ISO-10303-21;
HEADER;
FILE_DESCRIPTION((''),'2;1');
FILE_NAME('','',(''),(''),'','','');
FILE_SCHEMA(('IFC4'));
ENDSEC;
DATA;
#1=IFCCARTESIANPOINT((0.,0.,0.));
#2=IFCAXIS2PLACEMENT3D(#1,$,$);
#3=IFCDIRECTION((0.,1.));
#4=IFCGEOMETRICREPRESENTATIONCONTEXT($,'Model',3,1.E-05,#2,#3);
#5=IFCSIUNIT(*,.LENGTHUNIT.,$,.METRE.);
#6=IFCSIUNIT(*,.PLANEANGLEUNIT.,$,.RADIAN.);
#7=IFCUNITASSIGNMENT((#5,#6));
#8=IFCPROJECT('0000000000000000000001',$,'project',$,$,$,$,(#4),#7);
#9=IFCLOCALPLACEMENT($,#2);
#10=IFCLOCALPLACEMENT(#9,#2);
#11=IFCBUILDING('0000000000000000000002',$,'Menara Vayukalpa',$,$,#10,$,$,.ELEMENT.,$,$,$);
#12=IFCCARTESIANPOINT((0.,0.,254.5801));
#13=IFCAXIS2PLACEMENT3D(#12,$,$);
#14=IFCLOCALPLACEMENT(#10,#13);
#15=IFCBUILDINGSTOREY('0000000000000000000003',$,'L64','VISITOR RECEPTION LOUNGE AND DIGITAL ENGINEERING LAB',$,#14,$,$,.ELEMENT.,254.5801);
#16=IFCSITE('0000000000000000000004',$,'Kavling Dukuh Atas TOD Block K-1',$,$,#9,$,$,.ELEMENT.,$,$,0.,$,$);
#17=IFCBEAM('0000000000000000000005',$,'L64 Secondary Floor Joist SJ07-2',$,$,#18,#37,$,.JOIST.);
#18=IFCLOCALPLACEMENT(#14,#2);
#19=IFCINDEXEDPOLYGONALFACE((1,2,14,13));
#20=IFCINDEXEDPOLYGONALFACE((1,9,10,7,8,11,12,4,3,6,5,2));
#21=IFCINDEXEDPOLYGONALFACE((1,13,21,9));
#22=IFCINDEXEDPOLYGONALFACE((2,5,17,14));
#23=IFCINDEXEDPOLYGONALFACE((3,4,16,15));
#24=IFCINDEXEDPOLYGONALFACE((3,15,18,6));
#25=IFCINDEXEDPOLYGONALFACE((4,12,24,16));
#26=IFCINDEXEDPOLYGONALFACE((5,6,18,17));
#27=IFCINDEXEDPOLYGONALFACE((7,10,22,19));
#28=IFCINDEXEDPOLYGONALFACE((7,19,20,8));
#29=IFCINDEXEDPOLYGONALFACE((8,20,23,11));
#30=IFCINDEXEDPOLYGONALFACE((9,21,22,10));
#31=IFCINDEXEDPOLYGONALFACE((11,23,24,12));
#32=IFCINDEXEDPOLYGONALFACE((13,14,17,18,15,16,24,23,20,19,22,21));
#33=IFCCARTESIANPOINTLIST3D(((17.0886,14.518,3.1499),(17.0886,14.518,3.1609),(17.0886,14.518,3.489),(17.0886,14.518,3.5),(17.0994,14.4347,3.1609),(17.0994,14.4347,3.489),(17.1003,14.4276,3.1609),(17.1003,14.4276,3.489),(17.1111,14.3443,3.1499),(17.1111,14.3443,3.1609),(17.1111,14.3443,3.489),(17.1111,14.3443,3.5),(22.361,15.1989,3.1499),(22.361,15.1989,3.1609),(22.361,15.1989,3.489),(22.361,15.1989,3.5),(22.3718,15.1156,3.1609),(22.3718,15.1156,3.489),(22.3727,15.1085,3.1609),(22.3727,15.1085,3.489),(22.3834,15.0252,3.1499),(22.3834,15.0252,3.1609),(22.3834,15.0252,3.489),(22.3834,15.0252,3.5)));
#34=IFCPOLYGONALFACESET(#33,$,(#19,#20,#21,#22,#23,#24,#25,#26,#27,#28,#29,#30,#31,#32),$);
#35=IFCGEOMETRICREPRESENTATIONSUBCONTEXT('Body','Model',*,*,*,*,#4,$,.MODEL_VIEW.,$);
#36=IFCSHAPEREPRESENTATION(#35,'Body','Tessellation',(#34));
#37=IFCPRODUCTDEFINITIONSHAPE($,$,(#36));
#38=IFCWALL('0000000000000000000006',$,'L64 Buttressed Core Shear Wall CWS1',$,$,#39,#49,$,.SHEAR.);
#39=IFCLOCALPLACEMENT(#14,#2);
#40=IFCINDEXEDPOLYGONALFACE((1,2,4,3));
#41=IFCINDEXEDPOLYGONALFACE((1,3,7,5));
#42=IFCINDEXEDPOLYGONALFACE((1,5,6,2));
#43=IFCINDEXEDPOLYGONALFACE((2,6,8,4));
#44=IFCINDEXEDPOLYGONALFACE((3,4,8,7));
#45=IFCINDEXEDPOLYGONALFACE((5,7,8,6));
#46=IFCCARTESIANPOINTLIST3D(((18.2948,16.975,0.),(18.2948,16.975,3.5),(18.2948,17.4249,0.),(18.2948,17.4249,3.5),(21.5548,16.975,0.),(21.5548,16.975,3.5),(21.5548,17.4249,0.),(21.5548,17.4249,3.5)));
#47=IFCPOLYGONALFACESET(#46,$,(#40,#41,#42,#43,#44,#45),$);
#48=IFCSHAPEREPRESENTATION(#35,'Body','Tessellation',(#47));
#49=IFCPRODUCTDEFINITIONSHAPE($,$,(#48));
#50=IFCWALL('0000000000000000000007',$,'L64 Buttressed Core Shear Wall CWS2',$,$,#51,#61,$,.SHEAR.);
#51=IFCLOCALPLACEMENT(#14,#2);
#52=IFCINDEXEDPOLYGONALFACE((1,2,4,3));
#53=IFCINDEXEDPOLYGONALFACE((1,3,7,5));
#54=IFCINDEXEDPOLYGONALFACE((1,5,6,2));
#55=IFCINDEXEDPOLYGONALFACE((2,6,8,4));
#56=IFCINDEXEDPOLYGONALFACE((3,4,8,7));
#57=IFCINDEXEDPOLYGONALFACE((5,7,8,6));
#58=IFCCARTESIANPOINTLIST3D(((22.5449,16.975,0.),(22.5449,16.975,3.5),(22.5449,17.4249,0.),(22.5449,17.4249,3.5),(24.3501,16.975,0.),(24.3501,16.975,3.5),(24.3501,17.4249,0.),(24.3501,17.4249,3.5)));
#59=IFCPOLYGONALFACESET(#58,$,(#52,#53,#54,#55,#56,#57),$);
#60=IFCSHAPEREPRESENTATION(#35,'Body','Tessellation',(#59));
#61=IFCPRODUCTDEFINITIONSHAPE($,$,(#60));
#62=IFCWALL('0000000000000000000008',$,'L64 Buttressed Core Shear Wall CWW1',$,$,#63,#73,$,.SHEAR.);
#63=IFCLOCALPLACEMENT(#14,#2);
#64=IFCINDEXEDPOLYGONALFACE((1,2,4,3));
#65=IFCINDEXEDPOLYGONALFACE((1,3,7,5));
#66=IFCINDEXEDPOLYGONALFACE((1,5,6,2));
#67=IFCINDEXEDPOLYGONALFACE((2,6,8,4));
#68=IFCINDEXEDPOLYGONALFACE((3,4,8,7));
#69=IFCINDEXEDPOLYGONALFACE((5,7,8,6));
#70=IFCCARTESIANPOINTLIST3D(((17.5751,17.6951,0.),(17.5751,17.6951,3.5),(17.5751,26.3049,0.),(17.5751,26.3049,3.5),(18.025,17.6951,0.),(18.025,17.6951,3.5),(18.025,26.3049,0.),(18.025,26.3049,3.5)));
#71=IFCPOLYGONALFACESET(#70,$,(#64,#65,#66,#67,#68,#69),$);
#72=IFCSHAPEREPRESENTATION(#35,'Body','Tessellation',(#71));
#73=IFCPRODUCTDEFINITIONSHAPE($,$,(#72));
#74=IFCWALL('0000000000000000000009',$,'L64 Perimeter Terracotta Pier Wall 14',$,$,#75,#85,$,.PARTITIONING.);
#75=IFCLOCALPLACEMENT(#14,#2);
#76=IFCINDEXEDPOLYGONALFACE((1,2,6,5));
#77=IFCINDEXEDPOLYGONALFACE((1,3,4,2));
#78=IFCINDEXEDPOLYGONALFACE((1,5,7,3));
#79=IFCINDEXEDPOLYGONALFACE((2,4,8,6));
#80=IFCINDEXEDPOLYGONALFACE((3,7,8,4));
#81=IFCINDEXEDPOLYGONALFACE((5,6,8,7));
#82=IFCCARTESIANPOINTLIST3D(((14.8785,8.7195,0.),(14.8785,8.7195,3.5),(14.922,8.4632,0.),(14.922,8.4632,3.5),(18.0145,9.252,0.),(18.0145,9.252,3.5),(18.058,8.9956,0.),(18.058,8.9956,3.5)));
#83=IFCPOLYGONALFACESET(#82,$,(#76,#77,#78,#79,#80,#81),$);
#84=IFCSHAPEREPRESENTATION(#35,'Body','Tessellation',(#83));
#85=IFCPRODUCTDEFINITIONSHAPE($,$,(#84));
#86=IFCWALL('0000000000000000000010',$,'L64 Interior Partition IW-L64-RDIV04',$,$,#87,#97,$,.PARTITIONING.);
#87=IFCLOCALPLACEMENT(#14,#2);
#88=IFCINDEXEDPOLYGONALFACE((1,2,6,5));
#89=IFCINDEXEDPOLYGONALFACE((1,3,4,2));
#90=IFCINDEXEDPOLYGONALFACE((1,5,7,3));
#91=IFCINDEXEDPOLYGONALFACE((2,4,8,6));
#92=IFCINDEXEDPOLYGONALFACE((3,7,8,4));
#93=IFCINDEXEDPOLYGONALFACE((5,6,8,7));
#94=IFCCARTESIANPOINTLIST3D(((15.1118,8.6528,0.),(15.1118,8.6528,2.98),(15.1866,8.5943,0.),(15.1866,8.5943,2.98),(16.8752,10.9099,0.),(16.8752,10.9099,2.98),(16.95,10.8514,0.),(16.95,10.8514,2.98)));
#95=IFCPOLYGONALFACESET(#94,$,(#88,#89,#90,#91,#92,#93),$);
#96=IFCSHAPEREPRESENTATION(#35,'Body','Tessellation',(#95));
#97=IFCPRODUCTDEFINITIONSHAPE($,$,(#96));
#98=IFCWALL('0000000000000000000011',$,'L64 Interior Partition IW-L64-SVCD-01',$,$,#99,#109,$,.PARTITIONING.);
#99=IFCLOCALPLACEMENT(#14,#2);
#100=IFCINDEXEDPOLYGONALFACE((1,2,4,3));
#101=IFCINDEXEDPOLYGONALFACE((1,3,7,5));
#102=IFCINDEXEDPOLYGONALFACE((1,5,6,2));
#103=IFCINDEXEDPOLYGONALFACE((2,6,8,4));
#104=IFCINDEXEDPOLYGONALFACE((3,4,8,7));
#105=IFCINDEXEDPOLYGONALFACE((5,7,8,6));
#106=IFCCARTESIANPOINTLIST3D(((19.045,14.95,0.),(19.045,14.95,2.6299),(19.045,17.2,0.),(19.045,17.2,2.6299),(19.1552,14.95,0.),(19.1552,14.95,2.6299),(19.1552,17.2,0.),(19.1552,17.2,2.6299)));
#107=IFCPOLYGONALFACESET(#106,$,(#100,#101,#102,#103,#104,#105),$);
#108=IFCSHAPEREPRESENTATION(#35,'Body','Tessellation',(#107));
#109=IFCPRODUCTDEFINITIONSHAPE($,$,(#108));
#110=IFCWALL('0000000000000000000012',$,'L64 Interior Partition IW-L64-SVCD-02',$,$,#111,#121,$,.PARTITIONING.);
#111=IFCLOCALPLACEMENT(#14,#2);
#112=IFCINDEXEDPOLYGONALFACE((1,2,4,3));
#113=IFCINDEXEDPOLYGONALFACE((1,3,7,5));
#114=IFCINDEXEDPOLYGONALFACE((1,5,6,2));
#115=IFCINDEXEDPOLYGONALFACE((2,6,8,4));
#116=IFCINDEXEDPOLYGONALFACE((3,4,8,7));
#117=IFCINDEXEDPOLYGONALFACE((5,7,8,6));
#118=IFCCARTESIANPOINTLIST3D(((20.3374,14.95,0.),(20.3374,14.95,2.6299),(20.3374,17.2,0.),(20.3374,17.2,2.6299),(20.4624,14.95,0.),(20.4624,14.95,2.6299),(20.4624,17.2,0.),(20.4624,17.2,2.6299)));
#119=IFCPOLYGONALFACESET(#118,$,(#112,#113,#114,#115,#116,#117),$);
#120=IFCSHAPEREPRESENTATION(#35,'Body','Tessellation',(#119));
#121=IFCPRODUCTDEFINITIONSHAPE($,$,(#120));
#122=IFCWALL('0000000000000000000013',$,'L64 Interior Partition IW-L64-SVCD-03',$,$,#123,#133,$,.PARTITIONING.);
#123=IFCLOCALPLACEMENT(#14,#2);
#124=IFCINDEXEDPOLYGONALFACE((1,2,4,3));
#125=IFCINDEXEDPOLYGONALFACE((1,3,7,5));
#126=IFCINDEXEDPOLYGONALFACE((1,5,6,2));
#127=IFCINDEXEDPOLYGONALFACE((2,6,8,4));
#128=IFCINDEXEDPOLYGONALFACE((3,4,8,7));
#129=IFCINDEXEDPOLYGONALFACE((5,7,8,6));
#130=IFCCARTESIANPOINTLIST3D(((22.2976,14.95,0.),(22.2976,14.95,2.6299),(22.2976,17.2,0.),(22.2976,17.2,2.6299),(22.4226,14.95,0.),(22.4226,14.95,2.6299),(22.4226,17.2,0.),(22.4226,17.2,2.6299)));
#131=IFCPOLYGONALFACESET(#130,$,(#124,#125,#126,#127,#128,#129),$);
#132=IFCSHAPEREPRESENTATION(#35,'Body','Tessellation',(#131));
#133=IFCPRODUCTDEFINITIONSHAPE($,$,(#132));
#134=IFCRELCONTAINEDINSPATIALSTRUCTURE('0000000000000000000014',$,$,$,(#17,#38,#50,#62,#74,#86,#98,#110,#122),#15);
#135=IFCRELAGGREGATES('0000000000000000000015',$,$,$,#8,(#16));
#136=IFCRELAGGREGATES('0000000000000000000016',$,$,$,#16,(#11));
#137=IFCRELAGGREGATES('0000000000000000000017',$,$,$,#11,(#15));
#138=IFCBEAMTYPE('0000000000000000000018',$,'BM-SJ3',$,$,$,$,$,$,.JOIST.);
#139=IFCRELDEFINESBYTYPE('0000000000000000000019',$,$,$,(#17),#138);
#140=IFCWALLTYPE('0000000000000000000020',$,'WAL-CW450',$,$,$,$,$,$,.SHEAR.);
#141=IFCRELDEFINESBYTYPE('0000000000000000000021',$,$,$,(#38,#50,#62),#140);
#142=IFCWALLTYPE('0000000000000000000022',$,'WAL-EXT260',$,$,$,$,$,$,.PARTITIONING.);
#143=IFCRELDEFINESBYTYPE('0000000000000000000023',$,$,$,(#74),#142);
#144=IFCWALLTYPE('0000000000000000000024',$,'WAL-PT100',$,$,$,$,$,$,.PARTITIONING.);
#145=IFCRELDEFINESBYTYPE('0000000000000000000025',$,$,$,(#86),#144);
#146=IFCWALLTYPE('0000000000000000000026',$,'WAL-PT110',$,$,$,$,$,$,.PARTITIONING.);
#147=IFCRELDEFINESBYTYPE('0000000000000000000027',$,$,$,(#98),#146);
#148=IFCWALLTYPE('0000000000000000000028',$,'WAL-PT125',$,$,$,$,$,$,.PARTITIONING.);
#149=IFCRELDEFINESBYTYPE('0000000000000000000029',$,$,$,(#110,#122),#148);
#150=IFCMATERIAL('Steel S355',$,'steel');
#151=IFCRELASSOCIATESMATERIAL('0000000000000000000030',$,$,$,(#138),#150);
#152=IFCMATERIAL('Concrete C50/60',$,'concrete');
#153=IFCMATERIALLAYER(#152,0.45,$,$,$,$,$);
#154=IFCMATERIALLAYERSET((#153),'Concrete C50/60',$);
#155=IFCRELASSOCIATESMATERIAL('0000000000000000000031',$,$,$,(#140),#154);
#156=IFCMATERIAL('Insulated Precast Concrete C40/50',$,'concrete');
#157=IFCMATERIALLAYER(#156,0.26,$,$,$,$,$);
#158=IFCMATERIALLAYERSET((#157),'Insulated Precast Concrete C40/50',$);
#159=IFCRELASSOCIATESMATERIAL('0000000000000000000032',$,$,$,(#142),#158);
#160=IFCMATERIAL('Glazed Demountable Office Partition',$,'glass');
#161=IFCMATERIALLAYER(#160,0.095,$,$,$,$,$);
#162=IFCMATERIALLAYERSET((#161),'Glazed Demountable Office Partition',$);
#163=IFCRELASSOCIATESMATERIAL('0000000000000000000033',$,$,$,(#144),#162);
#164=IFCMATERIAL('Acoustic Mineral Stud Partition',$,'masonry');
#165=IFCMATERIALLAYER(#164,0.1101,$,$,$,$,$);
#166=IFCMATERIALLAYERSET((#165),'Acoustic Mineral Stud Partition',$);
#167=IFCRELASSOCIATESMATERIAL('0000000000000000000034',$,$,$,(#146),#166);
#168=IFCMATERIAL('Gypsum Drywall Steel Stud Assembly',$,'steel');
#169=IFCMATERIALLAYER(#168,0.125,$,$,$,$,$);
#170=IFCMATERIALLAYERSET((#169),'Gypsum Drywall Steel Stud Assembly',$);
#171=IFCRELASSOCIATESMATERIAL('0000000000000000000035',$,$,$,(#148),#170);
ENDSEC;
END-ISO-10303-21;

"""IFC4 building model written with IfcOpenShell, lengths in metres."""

from ifc_helpers import new_model, si_unit, direction, frame, frame_2d, origin, origin_2d, place, context, subcontext, project, spatial, rectangle, i_section, extrude, material, layer, layer_set, material_profile, profile_set, type_object, element, save


model = new_model("IFC4")

# Units and contexts
model_context = context("Model", 3, precision=1e-05, world=origin(), true_north=direction((0.0, 1.0)))
body_context = subcontext(model_context, "Body", "Model", "MODEL_VIEW")
ifc_project = project(units=[si_unit("LENGTHUNIT", "METRE"), si_unit("PLANEANGLEUNIT", "RADIAN")], contexts=[model_context])

# Site, building, storey
site_placement = place(None, origin())
site = spatial("IfcSite", under=ifc_project, at=site_placement, Name="Kavling Dukuh Atas TOD Block K-1", CompositionType="ELEMENT", RefElevation=0.0)
building_placement = place(site_placement, origin())
building = spatial("IfcBuilding", under=site, at=building_placement, Name="Menara Vayukalpa", CompositionType="ELEMENT")
storey_placement = place(building_placement, frame((0.0, 0.0, 254.5801)))
storey = spatial("IfcBuildingStorey", under=building, at=storey_placement, Name="L64", Description="VISITOR RECEPTION LOUNGE AND DIGITAL ENGINEERING LAB", CompositionType="ELEMENT", Elevation=254.5801)

# Beam
ifc_material_1 = material(Name="Steel S355", Category="steel")
ifc_material_profile_1 = material_profile(ifc_material_1, i_section(OverallWidth=0.175, OverallDepth=0.3501, WebThickness=0.0071, FlangeThickness=0.011, at=origin_2d()), Name="WF 350x175x7x11")
ifc_profile_set_1 = profile_set([ifc_material_profile_1], Name="Steel S355")
beam_type_1 = type_object("IfcBeamType", Name="BM-SJ3", PredefinedType="JOIST", material=ifc_profile_set_1)
beam_1_placement = place(storey_placement, frame((17.0999, 14.4312, 3.325), z_axis=(0.991764, 0.128081, 0.0), x_axis=(-0.128081, 0.991764, 0.0)))
element("IfcBeam", 1, at=beam_1_placement, inside=storey, type_object=beam_type_1, Name="L64 Secondary Floor Joist SJ07-2", PredefinedType="JOIST", context=body_context, shape_type="SweptSolid", body=[
    extrude(i_section(OverallWidth=0.175, OverallDepth=0.3501, WebThickness=0.0071, FlangeThickness=0.011, at=origin_2d()), origin(), (0.0, 0.0, 1.0), 5.3162),
])

# Walls
ifc_material_2 = material(Name="Concrete C50/60", Category="concrete")
ifc_layer_1 = layer(ifc_material_2, 0.45)
ifc_layer_set_1 = layer_set([ifc_layer_1], Name="Concrete C50/60")
wall_type_1 = type_object("IfcWallType", Name="WAL-CW450", PredefinedType="SHEAR", material=ifc_layer_set_1)
wall_1_placement = place(storey_placement, frame((18.2949, 17.2, 0.0), z_axis=(0.0, 0.0, 1.0), x_axis=(1.0, 0.0, 0.0)))
element("IfcWall", 2, at=wall_1_placement, inside=storey, type_object=wall_type_1, Name="L64 Buttressed Core Shear Wall CWS1", PredefinedType="SHEAR", context=body_context, shape_type="SweptSolid", body=[
    extrude(rectangle(XDim=3.26, YDim=0.45, at=frame_2d((1.6299, 0.0))), origin(), (0.0, 0.0, 1.0), 3.5),
])
wall_2_placement = place(storey_placement, frame((22.5449, 17.2, 0.0), z_axis=(0.0, 0.0, 1.0), x_axis=(1.0, 0.0, 0.0)))
element("IfcWall", 3, at=wall_2_placement, inside=storey, type_object=wall_type_1, Name="L64 Buttressed Core Shear Wall CWS2", PredefinedType="SHEAR", context=body_context, shape_type="SweptSolid", body=[
    extrude(rectangle(XDim=1.8052, YDim=0.45, at=frame_2d((0.9026, 0.0))), origin(), (0.0, 0.0, 1.0), 3.5),
])
wall_3_placement = place(storey_placement, frame((17.8, 17.6951, 0.0), z_axis=(0.0, 0.0, 1.0), x_axis=(0.0, 1.0, 0.0)))
element("IfcWall", 4, at=wall_3_placement, inside=storey, type_object=wall_type_1, Name="L64 Buttressed Core Shear Wall CWW1", PredefinedType="SHEAR", context=body_context, shape_type="SweptSolid", body=[
    extrude(rectangle(XDim=8.6099, YDim=0.45, at=frame_2d((4.3049, 0.0))), origin(), (0.0, 0.0, 1.0), 3.5),
])
ifc_material_3 = material(Name="Insulated Precast Concrete C40/50", Category="concrete")
ifc_layer_2 = layer(ifc_material_3, 0.26)
ifc_layer_set_2 = layer_set([ifc_layer_2], Name="Insulated Precast Concrete C40/50")
wall_type_2 = type_object("IfcWallType", Name="WAL-EXT260", PredefinedType="PARTITIONING", material=ifc_layer_set_2)
wall_4_placement = place(storey_placement, frame((18.0361, 9.1238, 0.0), z_axis=(0.0, 0.0, 1.0), x_axis=(-0.985889, -0.167398, 0.0)))
element("IfcWall", 5, at=wall_4_placement, inside=storey, type_object=wall_type_2, Name="L64 Perimeter Terracotta Pier Wall 14", PredefinedType="PARTITIONING", context=body_context, shape_type="SweptSolid", body=[
    extrude(rectangle(XDim=3.1809, YDim=0.26, at=frame_2d((1.5903, 0.0))), origin(), (0.0, 0.0, 1.0), 3.5),
])
ifc_material_4 = material(Name="Glazed Demountable Office Partition", Category="glass")
ifc_layer_3 = layer(ifc_material_4, 0.095)
ifc_layer_set_3 = layer_set([ifc_layer_3], Name="Glazed Demountable Office Partition")
wall_type_3 = type_object("IfcWallType", Name="WAL-PT100", PredefinedType="PARTITIONING", material=ifc_layer_set_3)
wall_5_placement = place(storey_placement, frame((16.9126, 10.8806, 0.0), z_axis=(0.0, 0.0, 1.0), x_axis=(-0.615662, -0.78801, 0.0)))
element("IfcWall", 6, at=wall_5_placement, inside=storey, type_object=wall_type_3, Name="L64 Interior Partition IW-L64-RDIV04", PredefinedType="PARTITIONING", context=body_context, shape_type="SweptSolid", body=[
    extrude(rectangle(XDim=2.8643, YDim=0.095, at=frame_2d((1.4321, 0.0))), origin(), (0.0, 0.0, 1.0), 2.98),
])
ifc_material_5 = material(Name="Acoustic Mineral Stud Partition", Category="masonry")
ifc_layer_4 = layer(ifc_material_5, 0.1101)
ifc_layer_set_4 = layer_set([ifc_layer_4], Name="Acoustic Mineral Stud Partition")
wall_type_4 = type_object("IfcWallType", Name="WAL-PT110", PredefinedType="PARTITIONING", material=ifc_layer_set_4)
wall_6_placement = place(storey_placement, frame((19.1001, 14.95, 0.0), z_axis=(0.0, 0.0, 1.0), x_axis=(0.0, 1.0, 0.0)))
element("IfcWall", 7, at=wall_6_placement, inside=storey, type_object=wall_type_4, Name="L64 Interior Partition IW-L64-SVCD-01", PredefinedType="PARTITIONING", context=body_context, shape_type="SweptSolid", body=[
    extrude(rectangle(XDim=2.25, YDim=0.1101, at=frame_2d((1.125, 0.0))), origin(), (0.0, 0.0, 1.0), 2.6299),
])
ifc_material_6 = material(Name="Gypsum Drywall Steel Stud Assembly", Category="steel")
ifc_layer_5 = layer(ifc_material_6, 0.125)
ifc_layer_set_5 = layer_set([ifc_layer_5], Name="Gypsum Drywall Steel Stud Assembly")
wall_type_5 = type_object("IfcWallType", Name="WAL-PT125", PredefinedType="PARTITIONING", material=ifc_layer_set_5)
for number, where, z_axis, x_axis, name in (
    (8, (20.3999, 14.95, 0.0), (0.0, 0.0, 1.0), (0.0, 1.0, 0.0), "L64 Interior Partition IW-L64-SVCD-02"),
    (9, (22.3601, 14.95, 0.0), (0.0, 0.0, 1.0), (0.0, 1.0, 0.0), "L64 Interior Partition IW-L64-SVCD-03"),
):
    element("IfcWall", number, at=place(storey_placement, frame(where, z_axis=z_axis, x_axis=x_axis)), inside=storey, type_object=wall_type_5, Name=name, PredefinedType="PARTITIONING", context=body_context, shape_type="SweptSolid", body=[
        extrude(rectangle(XDim=2.25, YDim=0.125, at=frame_2d((1.125, 0.0))), origin(), (0.0, 0.0, 1.0), 2.6299),
    ])

save(model, "model.ifc")
